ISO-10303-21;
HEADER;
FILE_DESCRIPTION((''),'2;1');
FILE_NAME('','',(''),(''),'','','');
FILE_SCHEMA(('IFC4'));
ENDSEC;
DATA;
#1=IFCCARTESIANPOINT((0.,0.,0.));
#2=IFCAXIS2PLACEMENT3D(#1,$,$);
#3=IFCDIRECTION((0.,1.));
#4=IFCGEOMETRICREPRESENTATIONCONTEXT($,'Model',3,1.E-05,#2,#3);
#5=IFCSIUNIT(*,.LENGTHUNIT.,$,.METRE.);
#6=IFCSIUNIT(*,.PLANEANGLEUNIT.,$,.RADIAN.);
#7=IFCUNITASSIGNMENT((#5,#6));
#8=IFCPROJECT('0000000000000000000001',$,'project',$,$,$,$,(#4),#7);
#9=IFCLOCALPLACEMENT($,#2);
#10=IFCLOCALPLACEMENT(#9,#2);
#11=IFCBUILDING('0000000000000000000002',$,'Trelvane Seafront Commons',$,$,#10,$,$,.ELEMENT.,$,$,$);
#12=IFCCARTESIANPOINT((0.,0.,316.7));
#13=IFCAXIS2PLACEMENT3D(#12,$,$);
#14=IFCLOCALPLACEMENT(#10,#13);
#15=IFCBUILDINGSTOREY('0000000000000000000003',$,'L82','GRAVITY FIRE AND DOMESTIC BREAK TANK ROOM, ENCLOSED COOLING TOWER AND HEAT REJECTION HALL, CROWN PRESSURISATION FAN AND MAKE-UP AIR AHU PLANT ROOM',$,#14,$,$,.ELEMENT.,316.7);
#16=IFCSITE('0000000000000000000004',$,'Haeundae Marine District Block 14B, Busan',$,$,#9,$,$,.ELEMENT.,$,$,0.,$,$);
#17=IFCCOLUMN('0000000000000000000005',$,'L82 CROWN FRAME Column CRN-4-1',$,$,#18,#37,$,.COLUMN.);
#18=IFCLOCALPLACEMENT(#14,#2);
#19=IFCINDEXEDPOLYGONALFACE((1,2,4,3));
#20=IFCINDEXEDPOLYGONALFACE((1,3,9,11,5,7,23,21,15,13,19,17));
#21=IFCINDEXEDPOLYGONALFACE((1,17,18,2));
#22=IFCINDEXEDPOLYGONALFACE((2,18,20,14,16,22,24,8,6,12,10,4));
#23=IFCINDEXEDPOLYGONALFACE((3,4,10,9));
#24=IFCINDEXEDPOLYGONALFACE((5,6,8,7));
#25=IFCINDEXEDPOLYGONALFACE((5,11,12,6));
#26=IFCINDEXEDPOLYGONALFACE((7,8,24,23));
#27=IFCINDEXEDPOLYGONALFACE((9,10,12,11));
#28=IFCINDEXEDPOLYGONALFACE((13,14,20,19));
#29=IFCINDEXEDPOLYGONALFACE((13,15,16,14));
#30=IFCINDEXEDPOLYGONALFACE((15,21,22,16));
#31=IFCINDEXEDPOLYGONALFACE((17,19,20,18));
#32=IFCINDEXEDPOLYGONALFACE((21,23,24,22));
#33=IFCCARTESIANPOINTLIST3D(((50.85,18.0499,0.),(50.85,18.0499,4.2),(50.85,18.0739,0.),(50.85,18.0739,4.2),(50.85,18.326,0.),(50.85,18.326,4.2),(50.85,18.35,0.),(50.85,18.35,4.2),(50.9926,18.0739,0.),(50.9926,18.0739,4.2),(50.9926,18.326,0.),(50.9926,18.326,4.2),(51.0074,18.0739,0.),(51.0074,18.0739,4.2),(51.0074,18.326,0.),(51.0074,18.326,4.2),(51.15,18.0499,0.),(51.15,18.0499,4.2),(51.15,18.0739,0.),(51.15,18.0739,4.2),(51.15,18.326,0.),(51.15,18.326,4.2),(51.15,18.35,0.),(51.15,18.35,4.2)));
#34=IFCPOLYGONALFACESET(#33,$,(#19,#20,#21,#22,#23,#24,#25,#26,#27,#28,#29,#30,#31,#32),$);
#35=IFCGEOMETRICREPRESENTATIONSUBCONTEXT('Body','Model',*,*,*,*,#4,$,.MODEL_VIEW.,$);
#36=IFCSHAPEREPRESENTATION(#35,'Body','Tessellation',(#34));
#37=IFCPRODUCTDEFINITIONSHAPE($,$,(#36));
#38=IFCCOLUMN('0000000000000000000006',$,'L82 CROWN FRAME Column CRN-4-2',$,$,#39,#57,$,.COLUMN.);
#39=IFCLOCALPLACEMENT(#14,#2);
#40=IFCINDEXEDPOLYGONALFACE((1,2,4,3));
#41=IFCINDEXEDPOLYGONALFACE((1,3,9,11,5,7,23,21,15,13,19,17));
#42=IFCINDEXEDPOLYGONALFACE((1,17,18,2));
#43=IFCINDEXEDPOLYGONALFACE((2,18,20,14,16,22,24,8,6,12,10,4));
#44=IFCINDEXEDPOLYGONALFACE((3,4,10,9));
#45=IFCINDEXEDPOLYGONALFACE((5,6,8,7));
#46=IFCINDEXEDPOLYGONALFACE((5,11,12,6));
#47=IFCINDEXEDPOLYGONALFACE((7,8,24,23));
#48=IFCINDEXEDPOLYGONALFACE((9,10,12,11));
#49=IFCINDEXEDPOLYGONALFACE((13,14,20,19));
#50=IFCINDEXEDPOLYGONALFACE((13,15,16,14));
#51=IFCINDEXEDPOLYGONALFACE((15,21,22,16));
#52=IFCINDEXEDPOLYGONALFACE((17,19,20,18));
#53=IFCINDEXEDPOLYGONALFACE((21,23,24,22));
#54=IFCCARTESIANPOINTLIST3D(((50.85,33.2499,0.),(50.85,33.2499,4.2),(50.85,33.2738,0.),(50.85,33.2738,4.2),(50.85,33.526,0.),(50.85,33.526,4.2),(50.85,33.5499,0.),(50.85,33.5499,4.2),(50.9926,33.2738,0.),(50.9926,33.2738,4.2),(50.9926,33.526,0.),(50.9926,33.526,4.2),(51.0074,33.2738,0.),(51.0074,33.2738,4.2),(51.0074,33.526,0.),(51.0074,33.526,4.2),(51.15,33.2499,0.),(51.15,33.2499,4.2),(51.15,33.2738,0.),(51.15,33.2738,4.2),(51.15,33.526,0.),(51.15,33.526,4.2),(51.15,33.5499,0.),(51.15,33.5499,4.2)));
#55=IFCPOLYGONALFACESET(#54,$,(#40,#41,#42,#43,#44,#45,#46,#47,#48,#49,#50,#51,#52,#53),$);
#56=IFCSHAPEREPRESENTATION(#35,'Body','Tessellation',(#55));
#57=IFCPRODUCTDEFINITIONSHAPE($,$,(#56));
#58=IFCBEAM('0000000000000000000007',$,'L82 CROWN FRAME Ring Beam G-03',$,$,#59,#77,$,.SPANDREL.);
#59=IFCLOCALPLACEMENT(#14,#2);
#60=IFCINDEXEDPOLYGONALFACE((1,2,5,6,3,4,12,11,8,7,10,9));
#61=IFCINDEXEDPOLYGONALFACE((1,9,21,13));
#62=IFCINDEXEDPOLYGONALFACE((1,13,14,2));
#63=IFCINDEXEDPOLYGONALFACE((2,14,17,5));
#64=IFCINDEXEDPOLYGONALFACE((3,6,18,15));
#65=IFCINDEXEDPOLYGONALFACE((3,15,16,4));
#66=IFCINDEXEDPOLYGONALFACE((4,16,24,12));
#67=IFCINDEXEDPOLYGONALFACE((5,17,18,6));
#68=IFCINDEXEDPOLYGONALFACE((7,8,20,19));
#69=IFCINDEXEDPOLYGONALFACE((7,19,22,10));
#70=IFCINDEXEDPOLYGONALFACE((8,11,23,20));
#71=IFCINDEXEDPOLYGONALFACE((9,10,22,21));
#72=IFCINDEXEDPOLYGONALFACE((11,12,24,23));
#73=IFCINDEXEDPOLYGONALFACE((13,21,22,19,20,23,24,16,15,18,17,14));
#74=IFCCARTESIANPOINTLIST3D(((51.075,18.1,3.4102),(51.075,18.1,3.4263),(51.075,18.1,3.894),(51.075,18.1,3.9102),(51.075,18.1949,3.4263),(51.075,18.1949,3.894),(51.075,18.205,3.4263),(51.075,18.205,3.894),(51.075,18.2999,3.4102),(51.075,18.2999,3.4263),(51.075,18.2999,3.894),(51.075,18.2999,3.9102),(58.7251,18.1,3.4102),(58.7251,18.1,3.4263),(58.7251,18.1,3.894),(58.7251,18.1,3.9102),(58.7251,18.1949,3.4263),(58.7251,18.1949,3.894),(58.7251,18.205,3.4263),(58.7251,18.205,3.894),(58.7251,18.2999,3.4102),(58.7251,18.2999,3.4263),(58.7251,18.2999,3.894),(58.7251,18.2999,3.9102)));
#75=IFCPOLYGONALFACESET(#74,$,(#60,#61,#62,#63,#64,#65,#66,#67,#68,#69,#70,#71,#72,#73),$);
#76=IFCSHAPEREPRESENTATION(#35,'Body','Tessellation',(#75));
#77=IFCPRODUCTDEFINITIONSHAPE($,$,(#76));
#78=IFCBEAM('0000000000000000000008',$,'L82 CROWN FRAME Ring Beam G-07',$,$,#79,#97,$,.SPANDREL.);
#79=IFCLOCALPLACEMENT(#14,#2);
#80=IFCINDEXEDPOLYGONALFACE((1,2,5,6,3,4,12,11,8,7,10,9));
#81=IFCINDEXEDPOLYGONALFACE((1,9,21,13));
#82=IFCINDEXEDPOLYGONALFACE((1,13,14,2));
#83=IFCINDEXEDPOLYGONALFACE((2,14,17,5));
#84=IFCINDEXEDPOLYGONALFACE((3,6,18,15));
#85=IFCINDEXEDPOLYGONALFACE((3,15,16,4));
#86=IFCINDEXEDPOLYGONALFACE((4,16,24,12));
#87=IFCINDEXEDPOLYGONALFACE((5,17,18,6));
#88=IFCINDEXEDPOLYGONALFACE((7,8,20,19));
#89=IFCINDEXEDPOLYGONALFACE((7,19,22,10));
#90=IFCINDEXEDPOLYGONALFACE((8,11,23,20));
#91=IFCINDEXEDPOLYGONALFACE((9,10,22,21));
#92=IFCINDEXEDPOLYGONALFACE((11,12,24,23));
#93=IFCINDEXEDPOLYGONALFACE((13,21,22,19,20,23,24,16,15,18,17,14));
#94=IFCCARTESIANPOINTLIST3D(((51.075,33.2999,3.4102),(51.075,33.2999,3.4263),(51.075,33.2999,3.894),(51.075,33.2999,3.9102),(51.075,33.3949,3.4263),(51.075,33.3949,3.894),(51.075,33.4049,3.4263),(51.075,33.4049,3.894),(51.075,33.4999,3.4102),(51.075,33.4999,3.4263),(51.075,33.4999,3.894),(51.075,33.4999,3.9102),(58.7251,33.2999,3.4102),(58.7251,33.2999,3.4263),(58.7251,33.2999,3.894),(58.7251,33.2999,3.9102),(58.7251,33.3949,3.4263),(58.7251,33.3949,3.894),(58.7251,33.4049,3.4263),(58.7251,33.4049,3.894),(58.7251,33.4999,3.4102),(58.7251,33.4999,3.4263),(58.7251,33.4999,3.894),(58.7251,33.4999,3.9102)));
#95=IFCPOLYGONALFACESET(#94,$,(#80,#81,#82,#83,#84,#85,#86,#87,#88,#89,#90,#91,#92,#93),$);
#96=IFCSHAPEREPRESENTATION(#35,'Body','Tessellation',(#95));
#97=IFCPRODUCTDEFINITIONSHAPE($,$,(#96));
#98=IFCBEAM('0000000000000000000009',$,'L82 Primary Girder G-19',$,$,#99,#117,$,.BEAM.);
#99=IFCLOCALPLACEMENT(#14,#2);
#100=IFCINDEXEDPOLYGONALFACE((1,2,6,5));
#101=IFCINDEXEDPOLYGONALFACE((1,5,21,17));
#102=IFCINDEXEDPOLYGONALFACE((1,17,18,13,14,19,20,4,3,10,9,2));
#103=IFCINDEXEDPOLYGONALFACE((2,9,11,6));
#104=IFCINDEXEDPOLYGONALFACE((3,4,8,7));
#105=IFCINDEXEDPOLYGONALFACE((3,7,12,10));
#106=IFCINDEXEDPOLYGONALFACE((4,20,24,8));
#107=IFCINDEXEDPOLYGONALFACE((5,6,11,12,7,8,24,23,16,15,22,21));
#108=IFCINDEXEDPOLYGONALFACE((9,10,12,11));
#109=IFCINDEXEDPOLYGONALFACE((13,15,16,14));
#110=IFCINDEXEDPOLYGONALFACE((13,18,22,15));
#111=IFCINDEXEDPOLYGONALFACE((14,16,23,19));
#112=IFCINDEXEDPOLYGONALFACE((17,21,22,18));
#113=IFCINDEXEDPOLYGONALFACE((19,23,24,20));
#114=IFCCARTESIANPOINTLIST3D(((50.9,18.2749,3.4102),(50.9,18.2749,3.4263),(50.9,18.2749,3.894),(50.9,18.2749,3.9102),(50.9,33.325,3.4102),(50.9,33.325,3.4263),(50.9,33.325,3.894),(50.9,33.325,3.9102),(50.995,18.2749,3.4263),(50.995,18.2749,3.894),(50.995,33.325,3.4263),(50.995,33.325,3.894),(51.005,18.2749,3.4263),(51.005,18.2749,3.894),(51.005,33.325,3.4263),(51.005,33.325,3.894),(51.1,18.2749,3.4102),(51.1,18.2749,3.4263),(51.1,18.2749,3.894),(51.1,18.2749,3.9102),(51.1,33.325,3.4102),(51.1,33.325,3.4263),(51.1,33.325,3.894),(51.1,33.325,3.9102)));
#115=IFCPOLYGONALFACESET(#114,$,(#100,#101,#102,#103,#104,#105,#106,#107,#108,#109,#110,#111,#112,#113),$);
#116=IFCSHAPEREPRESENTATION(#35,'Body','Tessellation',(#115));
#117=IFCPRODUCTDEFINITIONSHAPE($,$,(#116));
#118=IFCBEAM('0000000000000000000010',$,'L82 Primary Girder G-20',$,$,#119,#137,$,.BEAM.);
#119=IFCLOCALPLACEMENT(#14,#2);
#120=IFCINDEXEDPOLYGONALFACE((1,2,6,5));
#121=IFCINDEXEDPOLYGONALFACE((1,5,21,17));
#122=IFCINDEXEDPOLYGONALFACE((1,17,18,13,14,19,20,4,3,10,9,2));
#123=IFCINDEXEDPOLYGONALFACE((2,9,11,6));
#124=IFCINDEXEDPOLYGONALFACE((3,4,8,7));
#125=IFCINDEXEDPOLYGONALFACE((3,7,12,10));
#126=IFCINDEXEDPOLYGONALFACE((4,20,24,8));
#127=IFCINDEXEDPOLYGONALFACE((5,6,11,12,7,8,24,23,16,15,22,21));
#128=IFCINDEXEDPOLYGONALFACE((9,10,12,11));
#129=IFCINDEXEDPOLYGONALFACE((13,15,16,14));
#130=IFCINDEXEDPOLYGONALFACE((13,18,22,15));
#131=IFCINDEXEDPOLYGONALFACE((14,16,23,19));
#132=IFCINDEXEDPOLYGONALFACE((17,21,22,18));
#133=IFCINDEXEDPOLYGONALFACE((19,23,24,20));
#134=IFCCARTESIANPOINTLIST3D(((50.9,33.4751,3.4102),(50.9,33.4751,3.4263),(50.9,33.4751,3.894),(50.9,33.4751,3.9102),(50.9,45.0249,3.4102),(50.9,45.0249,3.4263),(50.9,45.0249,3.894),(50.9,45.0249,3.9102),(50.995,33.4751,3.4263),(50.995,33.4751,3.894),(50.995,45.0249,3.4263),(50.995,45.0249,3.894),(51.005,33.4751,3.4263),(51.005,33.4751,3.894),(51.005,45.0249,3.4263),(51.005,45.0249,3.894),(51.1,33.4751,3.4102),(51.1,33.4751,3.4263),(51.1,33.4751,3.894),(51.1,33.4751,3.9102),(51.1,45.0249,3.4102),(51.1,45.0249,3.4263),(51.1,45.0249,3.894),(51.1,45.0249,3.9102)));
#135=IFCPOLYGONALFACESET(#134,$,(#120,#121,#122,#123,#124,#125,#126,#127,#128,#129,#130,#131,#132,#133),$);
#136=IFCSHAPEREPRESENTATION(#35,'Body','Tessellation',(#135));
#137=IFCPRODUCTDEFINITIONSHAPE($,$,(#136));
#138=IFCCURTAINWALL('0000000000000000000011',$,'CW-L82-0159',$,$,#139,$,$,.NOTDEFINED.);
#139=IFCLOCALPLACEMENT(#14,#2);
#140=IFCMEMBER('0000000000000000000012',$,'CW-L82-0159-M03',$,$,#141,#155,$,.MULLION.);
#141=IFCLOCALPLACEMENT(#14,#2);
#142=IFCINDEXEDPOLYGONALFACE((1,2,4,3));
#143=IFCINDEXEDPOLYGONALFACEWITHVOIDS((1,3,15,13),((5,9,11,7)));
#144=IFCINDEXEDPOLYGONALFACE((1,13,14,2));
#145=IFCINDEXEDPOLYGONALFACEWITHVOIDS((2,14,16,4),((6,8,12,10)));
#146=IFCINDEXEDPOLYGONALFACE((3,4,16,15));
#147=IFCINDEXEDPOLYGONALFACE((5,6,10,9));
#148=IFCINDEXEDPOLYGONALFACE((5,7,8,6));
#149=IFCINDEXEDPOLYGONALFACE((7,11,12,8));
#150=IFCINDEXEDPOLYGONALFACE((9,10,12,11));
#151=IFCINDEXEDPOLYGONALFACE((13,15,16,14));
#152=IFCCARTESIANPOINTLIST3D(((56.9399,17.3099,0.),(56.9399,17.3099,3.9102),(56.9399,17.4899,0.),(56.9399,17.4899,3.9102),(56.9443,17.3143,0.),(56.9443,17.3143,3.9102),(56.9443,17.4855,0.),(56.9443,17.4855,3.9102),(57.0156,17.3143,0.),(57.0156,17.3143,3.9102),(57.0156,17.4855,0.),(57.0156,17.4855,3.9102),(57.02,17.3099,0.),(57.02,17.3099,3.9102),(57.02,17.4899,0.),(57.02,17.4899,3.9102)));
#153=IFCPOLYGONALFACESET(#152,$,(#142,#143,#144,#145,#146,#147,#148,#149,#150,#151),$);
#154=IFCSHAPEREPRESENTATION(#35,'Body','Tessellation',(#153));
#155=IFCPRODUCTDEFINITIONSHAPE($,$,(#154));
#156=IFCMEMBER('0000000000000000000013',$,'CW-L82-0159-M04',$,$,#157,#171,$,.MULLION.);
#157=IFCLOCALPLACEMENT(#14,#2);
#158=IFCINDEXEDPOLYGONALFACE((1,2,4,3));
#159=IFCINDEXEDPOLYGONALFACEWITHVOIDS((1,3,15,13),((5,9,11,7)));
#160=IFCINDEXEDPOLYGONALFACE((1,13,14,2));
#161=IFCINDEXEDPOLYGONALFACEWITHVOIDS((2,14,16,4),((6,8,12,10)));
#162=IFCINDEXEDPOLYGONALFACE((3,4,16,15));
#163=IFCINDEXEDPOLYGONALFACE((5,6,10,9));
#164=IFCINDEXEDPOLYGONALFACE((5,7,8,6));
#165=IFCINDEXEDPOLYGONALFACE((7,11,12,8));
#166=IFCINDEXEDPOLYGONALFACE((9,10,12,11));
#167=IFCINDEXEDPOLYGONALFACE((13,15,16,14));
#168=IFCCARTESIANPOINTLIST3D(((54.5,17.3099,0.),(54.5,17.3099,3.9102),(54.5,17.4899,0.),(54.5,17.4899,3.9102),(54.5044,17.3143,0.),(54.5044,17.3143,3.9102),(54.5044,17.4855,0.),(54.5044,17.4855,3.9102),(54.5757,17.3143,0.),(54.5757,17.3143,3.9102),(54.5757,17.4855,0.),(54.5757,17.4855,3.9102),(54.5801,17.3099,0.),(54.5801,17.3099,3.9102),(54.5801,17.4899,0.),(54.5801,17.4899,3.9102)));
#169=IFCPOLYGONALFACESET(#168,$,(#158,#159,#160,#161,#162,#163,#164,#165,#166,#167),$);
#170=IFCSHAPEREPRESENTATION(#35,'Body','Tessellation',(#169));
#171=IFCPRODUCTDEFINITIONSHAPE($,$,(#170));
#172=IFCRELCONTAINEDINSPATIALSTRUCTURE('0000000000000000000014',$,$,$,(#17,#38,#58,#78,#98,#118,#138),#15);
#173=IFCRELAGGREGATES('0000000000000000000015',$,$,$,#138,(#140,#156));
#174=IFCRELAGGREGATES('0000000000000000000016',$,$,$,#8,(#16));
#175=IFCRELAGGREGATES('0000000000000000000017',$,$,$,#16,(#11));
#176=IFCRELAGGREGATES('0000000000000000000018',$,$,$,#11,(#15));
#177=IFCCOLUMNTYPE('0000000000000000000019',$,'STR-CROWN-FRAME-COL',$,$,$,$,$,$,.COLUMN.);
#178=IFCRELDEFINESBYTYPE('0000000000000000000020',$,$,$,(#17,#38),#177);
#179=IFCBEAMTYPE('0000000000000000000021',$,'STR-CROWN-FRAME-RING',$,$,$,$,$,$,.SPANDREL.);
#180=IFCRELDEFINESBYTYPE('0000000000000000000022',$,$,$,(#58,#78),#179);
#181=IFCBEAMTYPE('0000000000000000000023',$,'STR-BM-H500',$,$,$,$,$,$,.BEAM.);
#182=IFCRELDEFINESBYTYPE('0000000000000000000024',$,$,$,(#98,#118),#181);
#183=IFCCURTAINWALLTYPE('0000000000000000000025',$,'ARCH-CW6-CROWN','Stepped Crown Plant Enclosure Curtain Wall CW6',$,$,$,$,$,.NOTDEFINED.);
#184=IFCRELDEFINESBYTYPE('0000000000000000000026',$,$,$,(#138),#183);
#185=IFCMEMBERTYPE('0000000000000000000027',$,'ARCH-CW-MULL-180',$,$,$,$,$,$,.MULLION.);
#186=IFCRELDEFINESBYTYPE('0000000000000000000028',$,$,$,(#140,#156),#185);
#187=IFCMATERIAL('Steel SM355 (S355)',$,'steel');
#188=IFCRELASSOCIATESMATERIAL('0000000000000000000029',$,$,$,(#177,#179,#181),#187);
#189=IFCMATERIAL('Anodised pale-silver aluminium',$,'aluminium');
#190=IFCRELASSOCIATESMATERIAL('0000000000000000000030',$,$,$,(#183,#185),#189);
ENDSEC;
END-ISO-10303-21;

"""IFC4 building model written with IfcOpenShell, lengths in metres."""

from ifc_helpers import new_model, si_unit, direction, frame, origin, origin_2d, place, context, subcontext, project, spatial, hollow_rectangle, i_section, extrude, source, transform, mapped, material, material_profile, profile_set, type_object, element, aggregate, save


model = new_model("IFC4")

# Units and contexts
model_context = context("Model", 3, precision=1e-05, world=origin(), true_north=direction((0.0, 1.0)))
body_context = subcontext(model_context, "Body", "Model", "MODEL_VIEW")
ifc_project = project(units=[si_unit("LENGTHUNIT", "METRE"), si_unit("PLANEANGLEUNIT", "RADIAN")], contexts=[model_context])

# Site, building, storey
site_placement = place(None, origin())
site = spatial("IfcSite", under=ifc_project, at=site_placement, Name="Haeundae Marine District Block 14B, Busan", CompositionType="ELEMENT", RefElevation=0.0)
building_placement = place(site_placement, origin())
building = spatial("IfcBuilding", under=site, at=building_placement, Name="Trelvane Seafront Commons", CompositionType="ELEMENT")
storey_placement = place(building_placement, frame((0.0, 0.0, 316.7)))
storey = spatial("IfcBuildingStorey", under=building, at=storey_placement, Name="L82", Description="GRAVITY FIRE AND DOMESTIC BREAK TANK ROOM, ENCLOSED COOLING TOWER AND HEAT REJECTION HALL, CROWN PRESSURISATION FAN AND MAKE-UP AIR AHU PLANT ROOM", CompositionType="ELEMENT", Elevation=316.7)

# Columns
ifc_material_1 = material(Name="Steel SM355 (S355)", Category="steel")
ifc_material_profile_1 = material_profile(ifc_material_1, i_section(OverallWidth=0.3, OverallDepth=0.3, WebThickness=0.0149, FlangeThickness=0.0239, at=origin_2d()), Name="HD-300x300x15x24")
ifc_profile_set_1 = profile_set([ifc_material_profile_1], Name="Steel SM355 (S355)")
column_type = type_object("IfcColumnType", Name="STR-CROWN-FRAME-COL", PredefinedType="COLUMN", material=ifc_profile_set_1)
shared_shape_1 = source(origin(), body_context, "Body", "SweptSolid", [
    extrude(i_section(OverallWidth=0.3, OverallDepth=0.3, WebThickness=0.0149, FlangeThickness=0.0239, at=origin_2d()), origin(), (0.0, 0.0, 1.0), 4.2),
])
for number, where, z_axis, x_axis, name in (
    (1, (51.0, 18.2, 0.0), (0.0, 0.0, 1.0), (1.0, 0.0, 0.0), "L82 CROWN FRAME Column CRN-4-1"),
    (2, (51.0, 33.3999, 0.0), (0.0, 0.0, 1.0), (1.0, 0.0, 0.0), "L82 CROWN FRAME Column CRN-4-2"),
):
    element("IfcColumn", number, at=place(storey_placement, frame(where, z_axis=z_axis, x_axis=x_axis)), inside=storey, type_object=column_type, Name=name, PredefinedType="COLUMN", context=body_context, shape_type="MappedRepresentation", body=[
        mapped(shared_shape_1, transform((0.0, 0.0, 0.0), x_axis=(1.0, 0.0, 0.0), y_axis=(0.0, 1.0, 0.0), z_axis=(0.0, 0.0, 1.0), scale=1.0)),
    ])

# Beams
ifc_material_profile_2 = material_profile(ifc_material_1, i_section(OverallWidth=0.2, OverallDepth=0.5, WebThickness=0.01, FlangeThickness=0.0161, at=origin_2d()), Name="H-500x200x10x16")
ifc_profile_set_2 = profile_set([ifc_material_profile_2], Name="Steel SM355 (S355)")
beam_type_1 = type_object("IfcBeamType", Name="STR-CROWN-FRAME-RING", PredefinedType="SPANDREL", material=ifc_profile_set_2)
shared_shape_2 = source(origin(), body_context, "Body", "SweptSolid", [
    extrude(i_section(OverallWidth=0.2, OverallDepth=0.5, WebThickness=0.01, FlangeThickness=0.0161, at=origin_2d()), origin(), (0.0, 0.0, 1.0), 7.6501),
])
for number, where, z_axis, x_axis, name in (
    (3, (51.075, 18.2, 3.6602), (1.0, 0.0, 0.0), (0.0, 1.0, 0.0), "L82 CROWN FRAME Ring Beam G-03"),
    (4, (51.075, 33.3999, 3.6602), (1.0, 0.0, 0.0), (0.0, 1.0, 0.0), "L82 CROWN FRAME Ring Beam G-07"),
):
    element("IfcBeam", number, at=place(storey_placement, frame(where, z_axis=z_axis, x_axis=x_axis)), inside=storey, type_object=beam_type_1, Name=name, PredefinedType="SPANDREL", context=body_context, shape_type="MappedRepresentation", body=[
        mapped(shared_shape_2, transform((0.0, 0.0, 0.0), x_axis=(1.0, 0.0, 0.0), y_axis=(0.0, 1.0, 0.0), z_axis=(0.0, 0.0, 1.0), scale=1.0)),
    ])
ifc_material_profile_3 = material_profile(ifc_material_1, i_section(OverallWidth=0.2, OverallDepth=0.5, WebThickness=0.01, FlangeThickness=0.0161, at=origin_2d()), Name="H-500x200x10x16")
ifc_profile_set_3 = profile_set([ifc_material_profile_3], Name="Steel SM355 (S355)")
beam_type_2 = type_object("IfcBeamType", Name="STR-BM-H500", PredefinedType="BEAM", material=ifc_profile_set_3)
shared_shape_3 = source(origin(), body_context, "Body", "SweptSolid", [
    extrude(i_section(OverallWidth=0.2, OverallDepth=0.5, WebThickness=0.01, FlangeThickness=0.0161, at=origin_2d()), origin(), (0.0, 0.0, 1.0), 15.05),
])
beam_1_placement = place(storey_placement, frame((51.0, 18.2749, 3.6602), z_axis=(0.0, 1.0, 0.0), x_axis=(-1.0, 0.0, 0.0)))
element("IfcBeam", 5, at=beam_1_placement, inside=storey, type_object=beam_type_2, Name="L82 Primary Girder G-19", PredefinedType="BEAM", context=body_context, shape_type="MappedRepresentation", body=[
    mapped(shared_shape_3, transform((0.0, 0.0, 0.0), x_axis=(1.0, 0.0, 0.0), y_axis=(0.0, 1.0, 0.0), z_axis=(0.0, 0.0, 1.0), scale=1.0)),
])
shared_shape_4 = source(origin(), body_context, "Body", "SweptSolid", [
    extrude(i_section(OverallWidth=0.2, OverallDepth=0.5, WebThickness=0.01, FlangeThickness=0.0161, at=origin_2d()), origin(), (0.0, 0.0, 1.0), 11.5498),
])
beam_2_placement = place(storey_placement, frame((51.0, 33.4751, 3.6602), z_axis=(0.0, 1.0, 0.0), x_axis=(-1.0, 0.0, 0.0)))
element("IfcBeam", 6, at=beam_2_placement, inside=storey, type_object=beam_type_2, Name="L82 Primary Girder G-20", PredefinedType="BEAM", context=body_context, shape_type="MappedRepresentation", body=[
    mapped(shared_shape_4, transform((0.0, 0.0, 0.0), x_axis=(1.0, 0.0, 0.0), y_axis=(0.0, 1.0, 0.0), z_axis=(0.0, 0.0, 1.0), scale=1.0)),
])

# Curtain wall, members
ifc_material_2 = material(Name="Anodised pale-silver aluminium", Category="aluminium")
curtain_wall_type = type_object("IfcCurtainWallType", Name="ARCH-CW6-CROWN", Description="Stepped Crown Plant Enclosure Curtain Wall CW6", PredefinedType="NOTDEFINED", material=ifc_material_2)
curtain_wall_placement = place(storey_placement, origin())
curtain_wall = element("IfcCurtainWall", 7, at=curtain_wall_placement, inside=storey, type_object=curtain_wall_type, Name="CW-L82-0159", PredefinedType="NOTDEFINED")
ifc_material_profile_4 = material_profile(ifc_material_2, hollow_rectangle(XDim=0.0801, YDim=0.1799, WallThickness=0.0044, at=origin_2d()), Name="MULL-80x180x4.5")
ifc_profile_set_4 = profile_set([ifc_material_profile_4], Name="Anodised pale-silver aluminium")
member_type_1 = type_object("IfcMemberType", Name="ARCH-CW-MULL-180", PredefinedType="MULLION", material=ifc_profile_set_4)
shared_shape_5 = source(origin(), body_context, "Body", "SweptSolid", [
    extrude(hollow_rectangle(XDim=0.0801, YDim=0.1799, WallThickness=0.0044, at=origin_2d()), origin(), (0.0, 0.0, 1.0), 3.9102),
])
member_1_placement = place(storey_placement, frame((56.98, 17.3999, 0.0), z_axis=(0.0, 0.0, 1.0), x_axis=(1.0, 0.0, 0.0)))
member_1 = element("IfcMember", 8, at=member_1_placement, type_object=member_type_1, Name="CW-L82-0159-M03", PredefinedType="MULLION", context=body_context, shape_type="MappedRepresentation", body=[
    mapped(shared_shape_5, transform((0.0, 0.0, 0.0), x_axis=(1.0, 0.0, 0.0), y_axis=(0.0, 1.0, 0.0), z_axis=(0.0, 0.0, 1.0), scale=1.0)),
])
member_2_placement = place(storey_placement, frame((54.54, 17.3999, 0.0), z_axis=(0.0, 0.0, 1.0), x_axis=(1.0, 0.0, 0.0)))
member_2 = element("IfcMember", 9, at=member_2_placement, type_object=member_type_1, Name="CW-L82-0159-M04", PredefinedType="MULLION", context=body_context, shape_type="MappedRepresentation", body=[
    mapped(shared_shape_5, transform((0.0, 0.0, 0.0), x_axis=(1.0, 0.0, 0.0), y_axis=(0.0, 1.0, 0.0), z_axis=(0.0, 0.0, 1.0), scale=1.0)),
])
aggregate(curtain_wall, [member_1, member_2])

save(model, "model.ifc")
